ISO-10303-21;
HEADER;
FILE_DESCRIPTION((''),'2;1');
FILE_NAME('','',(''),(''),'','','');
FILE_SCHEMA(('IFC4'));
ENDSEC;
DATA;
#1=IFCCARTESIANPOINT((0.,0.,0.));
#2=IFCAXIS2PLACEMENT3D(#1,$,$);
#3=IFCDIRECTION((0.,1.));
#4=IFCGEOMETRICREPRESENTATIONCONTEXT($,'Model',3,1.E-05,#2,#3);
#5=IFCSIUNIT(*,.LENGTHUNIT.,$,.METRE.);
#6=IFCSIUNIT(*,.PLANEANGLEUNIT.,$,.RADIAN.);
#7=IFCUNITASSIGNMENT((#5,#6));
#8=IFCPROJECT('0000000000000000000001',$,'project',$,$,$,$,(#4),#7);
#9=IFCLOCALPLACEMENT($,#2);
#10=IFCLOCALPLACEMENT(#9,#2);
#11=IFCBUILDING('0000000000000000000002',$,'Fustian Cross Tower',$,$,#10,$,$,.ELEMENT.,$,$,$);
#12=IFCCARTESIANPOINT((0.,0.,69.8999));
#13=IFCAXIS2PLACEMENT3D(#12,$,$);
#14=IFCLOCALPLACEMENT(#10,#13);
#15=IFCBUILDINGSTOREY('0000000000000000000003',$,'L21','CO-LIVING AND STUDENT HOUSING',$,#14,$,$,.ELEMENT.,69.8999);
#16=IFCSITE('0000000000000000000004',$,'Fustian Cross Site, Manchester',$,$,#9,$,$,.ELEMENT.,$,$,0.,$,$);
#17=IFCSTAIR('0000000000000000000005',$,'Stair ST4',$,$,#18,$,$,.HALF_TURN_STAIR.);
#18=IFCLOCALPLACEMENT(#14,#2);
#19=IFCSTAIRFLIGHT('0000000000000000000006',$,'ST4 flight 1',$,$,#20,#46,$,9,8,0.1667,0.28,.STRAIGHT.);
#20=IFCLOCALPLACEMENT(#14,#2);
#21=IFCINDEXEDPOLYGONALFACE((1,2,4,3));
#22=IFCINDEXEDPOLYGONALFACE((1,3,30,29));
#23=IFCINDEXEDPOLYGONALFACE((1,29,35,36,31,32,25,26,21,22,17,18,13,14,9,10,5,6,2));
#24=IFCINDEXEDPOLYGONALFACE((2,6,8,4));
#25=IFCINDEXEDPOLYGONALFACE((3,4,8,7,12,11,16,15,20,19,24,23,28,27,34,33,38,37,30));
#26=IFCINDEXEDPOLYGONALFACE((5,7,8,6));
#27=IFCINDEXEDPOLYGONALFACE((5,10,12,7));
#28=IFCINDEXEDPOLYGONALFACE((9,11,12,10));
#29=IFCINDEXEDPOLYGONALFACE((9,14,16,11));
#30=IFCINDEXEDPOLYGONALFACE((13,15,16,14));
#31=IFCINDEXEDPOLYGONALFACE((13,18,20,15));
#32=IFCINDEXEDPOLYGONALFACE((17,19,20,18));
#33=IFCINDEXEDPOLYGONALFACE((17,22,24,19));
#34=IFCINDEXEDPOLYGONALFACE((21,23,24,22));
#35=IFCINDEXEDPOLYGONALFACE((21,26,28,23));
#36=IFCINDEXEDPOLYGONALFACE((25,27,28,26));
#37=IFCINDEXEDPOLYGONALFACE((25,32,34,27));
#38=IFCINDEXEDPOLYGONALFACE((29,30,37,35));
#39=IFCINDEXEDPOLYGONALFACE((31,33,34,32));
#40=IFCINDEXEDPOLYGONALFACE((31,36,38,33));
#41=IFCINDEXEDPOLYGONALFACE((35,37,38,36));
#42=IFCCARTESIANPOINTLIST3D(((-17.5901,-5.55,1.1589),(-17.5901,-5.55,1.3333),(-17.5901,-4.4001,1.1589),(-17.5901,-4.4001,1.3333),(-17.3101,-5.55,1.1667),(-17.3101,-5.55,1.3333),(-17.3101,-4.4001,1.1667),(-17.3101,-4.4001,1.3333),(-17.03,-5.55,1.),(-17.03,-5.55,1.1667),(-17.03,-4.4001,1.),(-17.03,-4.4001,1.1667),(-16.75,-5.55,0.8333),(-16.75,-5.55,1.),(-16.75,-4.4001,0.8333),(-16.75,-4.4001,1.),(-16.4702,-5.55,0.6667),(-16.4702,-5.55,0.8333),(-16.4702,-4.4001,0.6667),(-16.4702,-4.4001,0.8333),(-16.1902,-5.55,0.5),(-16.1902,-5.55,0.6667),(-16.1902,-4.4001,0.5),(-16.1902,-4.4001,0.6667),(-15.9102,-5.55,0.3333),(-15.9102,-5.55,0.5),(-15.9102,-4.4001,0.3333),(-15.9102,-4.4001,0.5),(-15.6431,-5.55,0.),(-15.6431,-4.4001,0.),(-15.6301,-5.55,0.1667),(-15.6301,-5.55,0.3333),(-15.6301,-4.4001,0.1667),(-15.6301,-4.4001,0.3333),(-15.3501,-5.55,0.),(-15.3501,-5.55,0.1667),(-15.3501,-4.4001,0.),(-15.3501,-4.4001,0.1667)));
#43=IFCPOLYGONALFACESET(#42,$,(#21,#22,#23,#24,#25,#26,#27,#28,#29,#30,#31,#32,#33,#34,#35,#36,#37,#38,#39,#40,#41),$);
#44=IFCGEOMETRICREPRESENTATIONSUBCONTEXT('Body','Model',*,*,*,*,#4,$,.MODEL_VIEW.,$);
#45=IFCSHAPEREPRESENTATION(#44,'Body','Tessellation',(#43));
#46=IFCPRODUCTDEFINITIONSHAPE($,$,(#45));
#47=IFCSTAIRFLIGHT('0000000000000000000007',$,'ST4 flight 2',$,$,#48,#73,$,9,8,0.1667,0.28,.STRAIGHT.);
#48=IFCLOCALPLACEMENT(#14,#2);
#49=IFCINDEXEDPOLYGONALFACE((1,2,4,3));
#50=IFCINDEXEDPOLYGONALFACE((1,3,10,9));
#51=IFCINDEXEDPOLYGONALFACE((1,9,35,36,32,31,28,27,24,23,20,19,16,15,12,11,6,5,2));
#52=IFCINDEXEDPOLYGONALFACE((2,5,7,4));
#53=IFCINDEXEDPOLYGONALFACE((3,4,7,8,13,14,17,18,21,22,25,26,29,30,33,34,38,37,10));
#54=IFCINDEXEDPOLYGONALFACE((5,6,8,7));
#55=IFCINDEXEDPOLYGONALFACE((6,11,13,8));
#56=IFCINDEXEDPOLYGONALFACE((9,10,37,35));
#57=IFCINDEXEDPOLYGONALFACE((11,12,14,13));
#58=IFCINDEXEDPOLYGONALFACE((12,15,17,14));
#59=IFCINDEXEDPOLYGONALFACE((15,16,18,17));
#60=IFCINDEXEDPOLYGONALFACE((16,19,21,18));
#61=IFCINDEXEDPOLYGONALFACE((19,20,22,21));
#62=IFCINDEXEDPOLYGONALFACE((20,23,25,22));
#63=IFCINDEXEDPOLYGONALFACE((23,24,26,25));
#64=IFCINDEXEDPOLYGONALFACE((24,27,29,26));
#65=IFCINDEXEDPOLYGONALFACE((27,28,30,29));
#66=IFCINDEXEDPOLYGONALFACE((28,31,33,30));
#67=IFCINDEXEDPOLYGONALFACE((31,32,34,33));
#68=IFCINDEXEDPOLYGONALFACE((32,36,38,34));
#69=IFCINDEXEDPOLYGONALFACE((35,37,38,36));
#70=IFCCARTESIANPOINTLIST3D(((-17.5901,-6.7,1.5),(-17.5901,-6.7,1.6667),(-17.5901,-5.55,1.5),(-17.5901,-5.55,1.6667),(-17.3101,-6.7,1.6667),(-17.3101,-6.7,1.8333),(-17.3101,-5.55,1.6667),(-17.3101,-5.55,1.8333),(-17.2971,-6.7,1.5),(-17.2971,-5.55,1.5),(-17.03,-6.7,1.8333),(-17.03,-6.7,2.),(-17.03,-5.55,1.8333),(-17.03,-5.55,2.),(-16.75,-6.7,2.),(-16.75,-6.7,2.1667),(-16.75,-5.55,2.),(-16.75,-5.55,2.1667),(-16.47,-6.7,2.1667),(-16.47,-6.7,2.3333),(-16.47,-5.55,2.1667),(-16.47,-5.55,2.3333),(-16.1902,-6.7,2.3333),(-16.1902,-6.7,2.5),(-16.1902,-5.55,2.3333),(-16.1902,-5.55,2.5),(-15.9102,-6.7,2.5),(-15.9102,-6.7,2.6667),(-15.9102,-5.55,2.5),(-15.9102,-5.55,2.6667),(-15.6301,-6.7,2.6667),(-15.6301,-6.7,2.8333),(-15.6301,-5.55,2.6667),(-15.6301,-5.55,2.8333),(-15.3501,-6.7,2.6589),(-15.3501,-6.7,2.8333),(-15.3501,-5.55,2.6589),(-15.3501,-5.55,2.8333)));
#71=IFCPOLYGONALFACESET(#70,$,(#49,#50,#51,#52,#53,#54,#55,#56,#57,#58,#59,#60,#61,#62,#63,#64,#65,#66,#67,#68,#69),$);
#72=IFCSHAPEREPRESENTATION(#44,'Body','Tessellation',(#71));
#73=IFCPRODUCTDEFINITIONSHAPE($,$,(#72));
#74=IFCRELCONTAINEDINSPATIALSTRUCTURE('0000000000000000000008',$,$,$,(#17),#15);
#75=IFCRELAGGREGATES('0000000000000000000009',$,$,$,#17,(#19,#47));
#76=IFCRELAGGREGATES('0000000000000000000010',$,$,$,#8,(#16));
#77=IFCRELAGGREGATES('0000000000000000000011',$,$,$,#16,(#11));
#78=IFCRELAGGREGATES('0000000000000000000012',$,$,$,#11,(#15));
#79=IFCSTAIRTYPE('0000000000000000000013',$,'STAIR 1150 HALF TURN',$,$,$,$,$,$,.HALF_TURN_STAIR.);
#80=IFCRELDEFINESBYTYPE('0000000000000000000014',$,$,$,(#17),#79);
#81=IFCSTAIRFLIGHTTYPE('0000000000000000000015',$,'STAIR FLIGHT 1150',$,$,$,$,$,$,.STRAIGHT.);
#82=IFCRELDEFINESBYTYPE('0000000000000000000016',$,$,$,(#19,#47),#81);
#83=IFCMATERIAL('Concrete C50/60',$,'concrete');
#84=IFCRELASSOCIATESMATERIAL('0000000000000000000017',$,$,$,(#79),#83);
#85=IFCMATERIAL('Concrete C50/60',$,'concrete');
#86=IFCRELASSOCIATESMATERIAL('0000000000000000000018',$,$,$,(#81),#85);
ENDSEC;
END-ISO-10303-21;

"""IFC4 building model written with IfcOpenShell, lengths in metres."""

from ifc_helpers import new_model, si_unit, direction, frame, origin, place, context, subcontext, project, spatial, polyline, outline, extrude, material, type_object, element, aggregate, save


model = new_model("IFC4")

# Units and contexts
model_context = context("Model", 3, precision=1e-05, world=origin(), true_north=direction((0.0, 1.0)))
body_context = subcontext(model_context, "Body", "Model", "MODEL_VIEW")
ifc_project = project(units=[si_unit("LENGTHUNIT", "METRE"), si_unit("PLANEANGLEUNIT", "RADIAN")], contexts=[model_context])

# Site, building, storey
site_placement = place(None, origin())
site = spatial("IfcSite", under=ifc_project, at=site_placement, Name="Fustian Cross Site, Manchester", CompositionType="ELEMENT", RefElevation=0.0)
building_placement = place(site_placement, origin())
building = spatial("IfcBuilding", under=site, at=building_placement, Name="Fustian Cross Tower", CompositionType="ELEMENT")
storey_placement = place(building_placement, frame((0.0, 0.0, 69.8999)))
storey = spatial("IfcBuildingStorey", under=building, at=storey_placement, Name="L21", Description="CO-LIVING AND STUDENT HOUSING", CompositionType="ELEMENT", Elevation=69.8999)

# Stair, stair flights
ifc_material_1 = material(Name="Concrete C50/60", Category="concrete")
stair_type = type_object("IfcStairType", Name="STAIR 1150 HALF TURN", PredefinedType="HALF_TURN_STAIR", material=ifc_material_1)
stair_placement = place(storey_placement, origin())
stair = element("IfcStair", 1, at=stair_placement, inside=storey, type_object=stair_type, Name="Stair ST4", PredefinedType="HALF_TURN_STAIR")
ifc_material_2 = material(Name="Concrete C50/60", Category="concrete")
stair_flight_type = type_object("IfcStairFlightType", Name="STAIR FLIGHT 1150", PredefinedType="STRAIGHT", material=ifc_material_2)
stair_flight_1_placement = place(storey_placement, frame((-15.3501, -4.9751, 0.0), z_axis=(0.0, 0.0, 1.0), x_axis=(-1.0, 0.0, 0.0)))
stair_flight_1 = element("IfcStairFlight", 2, at=stair_flight_1_placement, type_object=stair_flight_type, Name="ST4 flight 1", NumberOfRisers=9, NumberOfTreads=8, PredefinedType="STRAIGHT", RiserHeight=0.1667, TreadLength=0.28, context=body_context, shape_type="SweptSolid", body=[
    extrude(outline(polyline([(0.0, 0.0), (0.0, 0.1667), (0.28, 0.1667), (0.28, 0.3333), (0.5601, 0.3333), (0.5601, 0.5), (0.8401, 0.5), (0.8401, 0.6667), (1.1201, 0.6667), (1.1201, 0.8333), (1.3999, 0.8333), (1.3999, 1.0), (1.6799, 1.0), (1.6799, 1.1667), (1.96, 1.1667), (1.96, 1.3333), (2.24, 1.3333), (2.24, 1.5), (2.24, 1.1589), (0.293, 0.0), (0.0, 0.0)])), frame((0.0, 0.575, 0.0), z_axis=(0.0, -1.0, 0.0), x_axis=(1.0, 0.0, 0.0)), (0.0, 0.0, 1.0), 1.1499),
])
stair_flight_2_placement = place(storey_placement, frame((-17.5901, -6.125, 1.5), z_axis=(0.0, 0.0, 1.0), x_axis=(1.0, 0.0, 0.0)))
stair_flight_2 = element("IfcStairFlight", 3, at=stair_flight_2_placement, type_object=stair_flight_type, Name="ST4 flight 2", NumberOfRisers=9, NumberOfTreads=8, PredefinedType="STRAIGHT", RiserHeight=0.1667, TreadLength=0.28, context=body_context, shape_type="SweptSolid", body=[
    extrude(outline(polyline([(0.0, 0.0), (0.0, 0.1667), (0.28, 0.1667), (0.28, 0.3333), (0.5601, 0.3333), (0.5601, 0.5), (0.8401, 0.5), (0.8401, 0.6667), (1.1201, 0.6667), (1.1201, 0.8333), (1.3999, 0.8333), (1.3999, 1.0), (1.6799, 1.0), (1.6799, 1.1667), (1.96, 1.1667), (1.96, 1.3333), (2.24, 1.3333), (2.24, 1.5), (2.24, 1.1589), (0.293, 0.0), (0.0, 0.0)])), frame((0.0, 0.575, 0.0), z_axis=(0.0, -1.0, 0.0), x_axis=(1.0, 0.0, 0.0)), (0.0, 0.0, 1.0), 1.1499),
])
aggregate(stair, [stair_flight_1, stair_flight_2])

save(model, "model.ifc")
